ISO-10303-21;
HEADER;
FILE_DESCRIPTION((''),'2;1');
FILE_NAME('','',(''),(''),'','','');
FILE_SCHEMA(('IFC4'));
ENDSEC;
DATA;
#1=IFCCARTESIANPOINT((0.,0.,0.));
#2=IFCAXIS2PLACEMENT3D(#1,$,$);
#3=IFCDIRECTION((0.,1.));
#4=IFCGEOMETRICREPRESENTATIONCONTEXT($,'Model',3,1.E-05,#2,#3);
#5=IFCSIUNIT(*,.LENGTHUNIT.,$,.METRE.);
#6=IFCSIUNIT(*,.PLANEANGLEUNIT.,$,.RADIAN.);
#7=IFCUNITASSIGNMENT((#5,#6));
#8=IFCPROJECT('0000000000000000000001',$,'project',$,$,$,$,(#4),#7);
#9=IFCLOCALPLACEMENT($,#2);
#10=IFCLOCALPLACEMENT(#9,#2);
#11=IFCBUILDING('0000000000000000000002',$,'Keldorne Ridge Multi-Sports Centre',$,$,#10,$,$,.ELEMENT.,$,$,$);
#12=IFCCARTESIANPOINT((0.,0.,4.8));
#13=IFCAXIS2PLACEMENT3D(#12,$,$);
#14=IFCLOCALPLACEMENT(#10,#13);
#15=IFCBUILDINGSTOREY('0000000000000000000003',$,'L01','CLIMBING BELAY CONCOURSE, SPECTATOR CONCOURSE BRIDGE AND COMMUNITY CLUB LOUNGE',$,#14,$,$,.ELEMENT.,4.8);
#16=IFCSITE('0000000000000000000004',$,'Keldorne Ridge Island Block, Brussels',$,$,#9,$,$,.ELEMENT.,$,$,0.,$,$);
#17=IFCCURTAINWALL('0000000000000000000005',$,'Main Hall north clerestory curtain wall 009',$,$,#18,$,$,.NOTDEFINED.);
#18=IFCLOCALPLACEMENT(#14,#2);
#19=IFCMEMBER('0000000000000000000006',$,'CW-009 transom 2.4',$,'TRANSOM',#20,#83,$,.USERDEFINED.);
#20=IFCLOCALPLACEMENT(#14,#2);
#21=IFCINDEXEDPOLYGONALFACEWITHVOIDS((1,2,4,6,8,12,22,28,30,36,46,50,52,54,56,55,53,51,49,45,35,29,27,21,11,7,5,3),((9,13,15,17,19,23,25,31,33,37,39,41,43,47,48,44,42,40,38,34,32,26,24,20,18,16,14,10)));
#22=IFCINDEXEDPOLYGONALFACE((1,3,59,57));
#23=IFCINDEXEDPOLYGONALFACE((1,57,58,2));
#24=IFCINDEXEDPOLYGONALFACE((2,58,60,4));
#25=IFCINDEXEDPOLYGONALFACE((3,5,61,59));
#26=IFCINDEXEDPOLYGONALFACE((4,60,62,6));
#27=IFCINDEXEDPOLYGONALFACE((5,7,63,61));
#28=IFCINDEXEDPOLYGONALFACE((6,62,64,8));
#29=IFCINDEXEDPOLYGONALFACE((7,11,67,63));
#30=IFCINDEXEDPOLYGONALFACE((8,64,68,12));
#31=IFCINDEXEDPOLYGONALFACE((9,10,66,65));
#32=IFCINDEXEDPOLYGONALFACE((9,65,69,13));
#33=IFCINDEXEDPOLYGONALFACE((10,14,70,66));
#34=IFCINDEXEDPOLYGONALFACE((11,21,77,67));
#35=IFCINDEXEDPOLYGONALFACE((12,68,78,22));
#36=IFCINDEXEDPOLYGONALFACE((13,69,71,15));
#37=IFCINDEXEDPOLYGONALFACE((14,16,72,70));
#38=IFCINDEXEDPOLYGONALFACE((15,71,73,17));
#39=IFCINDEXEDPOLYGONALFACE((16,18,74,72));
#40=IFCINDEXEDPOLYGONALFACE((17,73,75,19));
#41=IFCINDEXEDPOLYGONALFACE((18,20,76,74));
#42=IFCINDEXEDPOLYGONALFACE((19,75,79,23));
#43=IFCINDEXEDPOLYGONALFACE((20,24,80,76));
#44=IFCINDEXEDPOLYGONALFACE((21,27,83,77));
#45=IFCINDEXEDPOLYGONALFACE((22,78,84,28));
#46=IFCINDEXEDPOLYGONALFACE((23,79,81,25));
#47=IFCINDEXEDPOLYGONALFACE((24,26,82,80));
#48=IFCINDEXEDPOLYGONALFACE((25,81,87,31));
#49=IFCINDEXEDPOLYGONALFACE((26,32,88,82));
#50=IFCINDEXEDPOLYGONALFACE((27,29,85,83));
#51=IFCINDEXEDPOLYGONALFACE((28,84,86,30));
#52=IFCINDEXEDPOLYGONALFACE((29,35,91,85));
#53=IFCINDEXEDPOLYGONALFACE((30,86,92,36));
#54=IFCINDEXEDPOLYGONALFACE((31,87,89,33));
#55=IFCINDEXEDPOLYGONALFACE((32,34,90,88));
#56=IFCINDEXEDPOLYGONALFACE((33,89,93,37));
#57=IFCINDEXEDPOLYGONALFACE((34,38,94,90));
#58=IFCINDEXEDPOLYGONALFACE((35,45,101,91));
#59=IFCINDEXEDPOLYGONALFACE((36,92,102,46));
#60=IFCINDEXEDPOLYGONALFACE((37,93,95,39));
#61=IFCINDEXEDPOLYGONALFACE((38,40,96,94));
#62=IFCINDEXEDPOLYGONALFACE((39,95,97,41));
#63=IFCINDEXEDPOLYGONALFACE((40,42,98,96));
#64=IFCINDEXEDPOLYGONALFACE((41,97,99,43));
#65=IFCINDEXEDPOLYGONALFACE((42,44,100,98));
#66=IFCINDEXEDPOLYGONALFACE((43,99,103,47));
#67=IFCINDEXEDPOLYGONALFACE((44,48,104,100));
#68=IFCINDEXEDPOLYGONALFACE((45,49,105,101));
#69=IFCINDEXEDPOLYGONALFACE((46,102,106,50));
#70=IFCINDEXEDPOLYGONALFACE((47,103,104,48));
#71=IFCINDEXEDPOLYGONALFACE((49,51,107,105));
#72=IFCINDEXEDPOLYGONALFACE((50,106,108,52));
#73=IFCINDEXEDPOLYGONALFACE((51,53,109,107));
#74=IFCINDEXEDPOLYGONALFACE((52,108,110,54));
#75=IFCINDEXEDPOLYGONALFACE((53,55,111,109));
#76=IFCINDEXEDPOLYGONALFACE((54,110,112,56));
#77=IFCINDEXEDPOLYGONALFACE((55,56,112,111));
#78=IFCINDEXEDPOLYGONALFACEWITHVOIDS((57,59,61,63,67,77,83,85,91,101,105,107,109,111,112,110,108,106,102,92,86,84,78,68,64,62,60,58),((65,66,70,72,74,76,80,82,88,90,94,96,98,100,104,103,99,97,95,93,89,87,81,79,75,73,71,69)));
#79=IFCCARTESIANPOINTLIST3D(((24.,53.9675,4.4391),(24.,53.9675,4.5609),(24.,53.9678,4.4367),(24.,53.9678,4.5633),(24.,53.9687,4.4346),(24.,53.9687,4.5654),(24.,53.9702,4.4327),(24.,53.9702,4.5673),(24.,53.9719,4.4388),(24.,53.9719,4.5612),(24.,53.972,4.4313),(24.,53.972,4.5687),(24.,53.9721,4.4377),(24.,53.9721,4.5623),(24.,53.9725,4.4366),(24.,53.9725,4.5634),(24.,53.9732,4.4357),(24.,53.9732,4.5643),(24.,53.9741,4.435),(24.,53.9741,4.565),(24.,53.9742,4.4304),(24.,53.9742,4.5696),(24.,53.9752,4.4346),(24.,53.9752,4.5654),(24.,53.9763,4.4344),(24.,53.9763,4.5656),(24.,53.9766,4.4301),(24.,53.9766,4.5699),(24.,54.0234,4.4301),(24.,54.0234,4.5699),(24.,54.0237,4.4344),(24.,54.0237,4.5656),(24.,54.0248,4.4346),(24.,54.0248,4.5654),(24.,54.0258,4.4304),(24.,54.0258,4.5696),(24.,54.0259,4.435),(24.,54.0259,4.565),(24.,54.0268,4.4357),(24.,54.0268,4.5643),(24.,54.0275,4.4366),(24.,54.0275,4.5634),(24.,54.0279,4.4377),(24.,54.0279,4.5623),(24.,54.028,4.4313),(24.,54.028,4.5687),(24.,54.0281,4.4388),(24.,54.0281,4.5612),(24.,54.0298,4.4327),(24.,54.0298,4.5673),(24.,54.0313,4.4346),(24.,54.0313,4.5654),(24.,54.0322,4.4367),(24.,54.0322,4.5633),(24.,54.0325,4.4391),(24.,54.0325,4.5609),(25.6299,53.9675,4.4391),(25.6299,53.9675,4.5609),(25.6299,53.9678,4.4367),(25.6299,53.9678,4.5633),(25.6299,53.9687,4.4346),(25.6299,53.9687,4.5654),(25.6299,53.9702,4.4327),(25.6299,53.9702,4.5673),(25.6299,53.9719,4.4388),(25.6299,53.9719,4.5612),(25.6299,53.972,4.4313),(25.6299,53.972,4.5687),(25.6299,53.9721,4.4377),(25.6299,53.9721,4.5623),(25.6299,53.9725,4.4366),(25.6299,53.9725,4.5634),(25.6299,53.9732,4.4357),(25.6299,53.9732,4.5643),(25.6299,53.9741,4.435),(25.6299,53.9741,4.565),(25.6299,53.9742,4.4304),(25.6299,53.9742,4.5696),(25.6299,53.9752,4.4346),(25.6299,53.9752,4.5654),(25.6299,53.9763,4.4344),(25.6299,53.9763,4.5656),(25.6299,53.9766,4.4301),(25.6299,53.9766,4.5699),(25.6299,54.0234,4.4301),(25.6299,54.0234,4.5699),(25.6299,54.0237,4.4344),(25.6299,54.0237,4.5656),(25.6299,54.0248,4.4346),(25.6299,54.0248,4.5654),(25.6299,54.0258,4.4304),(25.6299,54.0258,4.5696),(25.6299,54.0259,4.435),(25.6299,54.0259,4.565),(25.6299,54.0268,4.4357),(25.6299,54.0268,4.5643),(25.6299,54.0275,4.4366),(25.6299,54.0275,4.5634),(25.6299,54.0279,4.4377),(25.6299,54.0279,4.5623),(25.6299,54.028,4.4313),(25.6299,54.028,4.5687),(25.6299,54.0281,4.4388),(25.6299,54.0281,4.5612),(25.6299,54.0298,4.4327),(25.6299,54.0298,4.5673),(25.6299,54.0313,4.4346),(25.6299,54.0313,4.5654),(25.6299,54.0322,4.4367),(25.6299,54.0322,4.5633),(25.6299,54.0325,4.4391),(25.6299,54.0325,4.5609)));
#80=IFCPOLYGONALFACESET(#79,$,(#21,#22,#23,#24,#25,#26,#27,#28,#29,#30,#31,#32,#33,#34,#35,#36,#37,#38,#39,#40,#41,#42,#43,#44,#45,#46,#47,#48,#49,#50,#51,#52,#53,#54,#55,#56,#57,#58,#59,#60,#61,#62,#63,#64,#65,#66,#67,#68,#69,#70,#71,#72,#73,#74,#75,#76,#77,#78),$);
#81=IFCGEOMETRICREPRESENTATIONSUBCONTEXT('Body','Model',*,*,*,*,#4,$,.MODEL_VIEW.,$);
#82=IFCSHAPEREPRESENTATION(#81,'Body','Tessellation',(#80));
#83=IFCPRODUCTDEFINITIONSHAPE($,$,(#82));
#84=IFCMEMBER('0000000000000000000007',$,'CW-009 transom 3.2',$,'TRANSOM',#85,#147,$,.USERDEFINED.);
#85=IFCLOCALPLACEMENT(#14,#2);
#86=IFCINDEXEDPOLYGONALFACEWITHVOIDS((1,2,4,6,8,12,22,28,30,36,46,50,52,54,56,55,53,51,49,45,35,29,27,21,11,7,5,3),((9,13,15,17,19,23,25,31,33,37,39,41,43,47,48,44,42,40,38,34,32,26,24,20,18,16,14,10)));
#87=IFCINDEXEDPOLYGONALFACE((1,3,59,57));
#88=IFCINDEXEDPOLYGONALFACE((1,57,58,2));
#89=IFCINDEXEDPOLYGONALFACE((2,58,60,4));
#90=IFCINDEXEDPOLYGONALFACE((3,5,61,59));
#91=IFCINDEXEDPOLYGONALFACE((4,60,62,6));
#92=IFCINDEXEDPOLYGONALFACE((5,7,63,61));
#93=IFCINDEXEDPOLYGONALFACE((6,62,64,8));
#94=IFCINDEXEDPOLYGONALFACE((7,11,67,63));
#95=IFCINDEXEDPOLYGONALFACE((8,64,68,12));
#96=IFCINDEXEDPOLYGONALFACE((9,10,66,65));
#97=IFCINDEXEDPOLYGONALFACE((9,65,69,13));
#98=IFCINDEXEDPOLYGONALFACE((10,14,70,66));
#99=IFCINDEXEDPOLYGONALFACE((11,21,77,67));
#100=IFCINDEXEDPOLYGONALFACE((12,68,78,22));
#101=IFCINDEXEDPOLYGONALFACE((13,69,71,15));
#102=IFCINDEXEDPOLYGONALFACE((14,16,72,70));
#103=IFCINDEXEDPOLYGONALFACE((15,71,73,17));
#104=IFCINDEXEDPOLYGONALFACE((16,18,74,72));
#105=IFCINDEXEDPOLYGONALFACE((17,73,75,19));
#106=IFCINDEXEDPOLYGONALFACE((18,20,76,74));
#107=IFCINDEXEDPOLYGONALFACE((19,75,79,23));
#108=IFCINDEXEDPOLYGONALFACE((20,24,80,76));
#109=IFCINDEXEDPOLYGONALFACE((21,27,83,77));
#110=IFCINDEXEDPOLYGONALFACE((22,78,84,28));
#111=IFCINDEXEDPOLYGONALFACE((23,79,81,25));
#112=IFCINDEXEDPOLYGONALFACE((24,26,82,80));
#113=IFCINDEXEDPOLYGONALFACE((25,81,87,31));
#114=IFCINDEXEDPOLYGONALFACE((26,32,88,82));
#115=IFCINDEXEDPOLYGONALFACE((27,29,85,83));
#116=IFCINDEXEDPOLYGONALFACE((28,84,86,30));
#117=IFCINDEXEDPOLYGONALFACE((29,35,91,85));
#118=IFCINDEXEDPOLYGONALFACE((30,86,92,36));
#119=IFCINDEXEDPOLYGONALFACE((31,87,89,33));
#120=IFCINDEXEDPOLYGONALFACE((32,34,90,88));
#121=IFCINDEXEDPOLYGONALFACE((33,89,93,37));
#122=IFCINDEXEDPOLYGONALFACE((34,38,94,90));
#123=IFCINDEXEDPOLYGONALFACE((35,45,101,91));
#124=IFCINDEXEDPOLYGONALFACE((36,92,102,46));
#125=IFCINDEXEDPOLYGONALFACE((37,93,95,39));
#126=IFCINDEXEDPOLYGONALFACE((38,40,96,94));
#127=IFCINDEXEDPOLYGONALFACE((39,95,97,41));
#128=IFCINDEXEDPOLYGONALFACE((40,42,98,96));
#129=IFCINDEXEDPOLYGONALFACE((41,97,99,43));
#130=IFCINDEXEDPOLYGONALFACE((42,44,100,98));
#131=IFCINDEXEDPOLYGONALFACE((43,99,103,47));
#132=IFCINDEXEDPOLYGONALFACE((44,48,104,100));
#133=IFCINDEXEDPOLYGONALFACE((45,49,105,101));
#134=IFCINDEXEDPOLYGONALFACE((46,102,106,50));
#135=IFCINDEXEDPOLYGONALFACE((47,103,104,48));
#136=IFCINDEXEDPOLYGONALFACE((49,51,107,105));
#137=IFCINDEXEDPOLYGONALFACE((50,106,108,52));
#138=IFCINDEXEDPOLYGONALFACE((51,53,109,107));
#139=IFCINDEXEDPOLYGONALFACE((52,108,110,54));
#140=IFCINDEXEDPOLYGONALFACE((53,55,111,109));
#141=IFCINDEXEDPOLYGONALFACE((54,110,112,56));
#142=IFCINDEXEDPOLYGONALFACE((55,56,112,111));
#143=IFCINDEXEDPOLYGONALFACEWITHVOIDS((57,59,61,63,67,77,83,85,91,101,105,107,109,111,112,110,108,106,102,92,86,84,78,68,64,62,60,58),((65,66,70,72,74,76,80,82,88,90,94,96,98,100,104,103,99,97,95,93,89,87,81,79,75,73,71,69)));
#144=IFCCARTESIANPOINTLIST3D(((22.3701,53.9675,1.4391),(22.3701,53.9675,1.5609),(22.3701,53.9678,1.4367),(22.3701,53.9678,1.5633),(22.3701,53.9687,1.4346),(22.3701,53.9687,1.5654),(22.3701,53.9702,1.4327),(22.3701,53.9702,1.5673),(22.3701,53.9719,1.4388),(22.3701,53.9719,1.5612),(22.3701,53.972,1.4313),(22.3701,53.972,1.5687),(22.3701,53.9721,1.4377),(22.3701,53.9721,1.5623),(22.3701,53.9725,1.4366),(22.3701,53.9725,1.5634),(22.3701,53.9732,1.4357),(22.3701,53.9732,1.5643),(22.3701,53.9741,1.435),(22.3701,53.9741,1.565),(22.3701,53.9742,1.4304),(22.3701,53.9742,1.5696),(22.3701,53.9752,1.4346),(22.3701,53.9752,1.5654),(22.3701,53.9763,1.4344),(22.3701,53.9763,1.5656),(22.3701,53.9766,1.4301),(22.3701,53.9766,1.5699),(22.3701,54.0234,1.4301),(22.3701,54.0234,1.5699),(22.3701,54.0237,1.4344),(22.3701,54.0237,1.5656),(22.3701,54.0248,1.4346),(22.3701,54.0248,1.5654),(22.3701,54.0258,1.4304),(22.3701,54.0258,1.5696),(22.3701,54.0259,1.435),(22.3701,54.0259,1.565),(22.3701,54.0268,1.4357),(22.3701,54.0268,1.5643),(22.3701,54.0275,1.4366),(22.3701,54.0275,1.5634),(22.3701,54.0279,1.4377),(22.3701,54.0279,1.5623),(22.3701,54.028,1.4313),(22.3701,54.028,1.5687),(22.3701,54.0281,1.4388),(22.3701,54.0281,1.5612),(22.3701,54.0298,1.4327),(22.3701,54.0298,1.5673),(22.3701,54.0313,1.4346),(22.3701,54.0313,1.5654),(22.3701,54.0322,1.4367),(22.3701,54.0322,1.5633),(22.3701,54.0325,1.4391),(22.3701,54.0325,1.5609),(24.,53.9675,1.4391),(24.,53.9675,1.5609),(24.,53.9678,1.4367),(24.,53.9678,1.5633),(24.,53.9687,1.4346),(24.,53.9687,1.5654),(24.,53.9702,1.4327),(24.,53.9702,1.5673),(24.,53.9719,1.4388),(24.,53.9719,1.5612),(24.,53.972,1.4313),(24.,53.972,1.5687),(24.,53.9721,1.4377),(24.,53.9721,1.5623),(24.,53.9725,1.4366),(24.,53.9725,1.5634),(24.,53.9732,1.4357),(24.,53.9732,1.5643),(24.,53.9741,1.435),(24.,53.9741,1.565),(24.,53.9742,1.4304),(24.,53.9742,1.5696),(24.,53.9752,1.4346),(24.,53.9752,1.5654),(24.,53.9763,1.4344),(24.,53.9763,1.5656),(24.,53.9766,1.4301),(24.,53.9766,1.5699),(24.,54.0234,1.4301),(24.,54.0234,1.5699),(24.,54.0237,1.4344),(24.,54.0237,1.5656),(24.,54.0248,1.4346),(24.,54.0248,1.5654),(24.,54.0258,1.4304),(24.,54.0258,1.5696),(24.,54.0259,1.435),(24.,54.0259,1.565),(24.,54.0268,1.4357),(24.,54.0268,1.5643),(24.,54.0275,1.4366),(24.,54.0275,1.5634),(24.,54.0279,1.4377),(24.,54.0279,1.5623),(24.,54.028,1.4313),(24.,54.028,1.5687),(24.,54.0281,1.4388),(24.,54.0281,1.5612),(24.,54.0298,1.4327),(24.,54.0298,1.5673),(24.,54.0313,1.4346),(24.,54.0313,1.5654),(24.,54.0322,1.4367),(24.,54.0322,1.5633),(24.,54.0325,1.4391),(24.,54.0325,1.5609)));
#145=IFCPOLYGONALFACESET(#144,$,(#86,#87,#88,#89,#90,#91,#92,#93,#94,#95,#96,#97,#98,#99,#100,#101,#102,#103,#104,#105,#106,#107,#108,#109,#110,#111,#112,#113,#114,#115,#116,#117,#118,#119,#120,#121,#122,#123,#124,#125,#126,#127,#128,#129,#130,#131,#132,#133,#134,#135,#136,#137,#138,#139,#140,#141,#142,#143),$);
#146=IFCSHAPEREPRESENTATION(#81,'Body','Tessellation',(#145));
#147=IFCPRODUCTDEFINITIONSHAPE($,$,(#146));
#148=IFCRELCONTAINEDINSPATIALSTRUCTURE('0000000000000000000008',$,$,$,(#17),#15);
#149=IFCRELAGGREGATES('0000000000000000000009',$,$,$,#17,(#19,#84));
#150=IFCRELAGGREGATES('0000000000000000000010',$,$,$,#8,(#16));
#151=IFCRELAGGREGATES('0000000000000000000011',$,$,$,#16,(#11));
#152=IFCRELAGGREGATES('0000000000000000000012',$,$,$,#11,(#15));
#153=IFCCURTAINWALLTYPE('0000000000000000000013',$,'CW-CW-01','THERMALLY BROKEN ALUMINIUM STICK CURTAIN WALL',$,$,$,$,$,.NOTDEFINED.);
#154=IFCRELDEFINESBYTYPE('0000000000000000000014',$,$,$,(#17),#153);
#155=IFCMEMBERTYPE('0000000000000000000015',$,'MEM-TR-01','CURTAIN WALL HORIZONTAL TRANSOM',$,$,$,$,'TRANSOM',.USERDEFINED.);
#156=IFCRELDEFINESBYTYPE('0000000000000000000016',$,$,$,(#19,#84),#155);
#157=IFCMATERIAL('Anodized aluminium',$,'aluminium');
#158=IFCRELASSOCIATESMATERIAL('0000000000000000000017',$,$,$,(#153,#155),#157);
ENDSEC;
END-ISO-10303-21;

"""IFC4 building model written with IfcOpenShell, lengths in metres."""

from ifc_helpers import new_model, si_unit, direction, frame, origin, origin_2d, place, context, subcontext, project, spatial, hollow_rectangle, extrude, material, material_profile, profile_set, type_object, element, aggregate, save


model = new_model("IFC4")

# Units and contexts
model_context = context("Model", 3, precision=1e-05, world=origin(), true_north=direction((0.0, 1.0)))
body_context = subcontext(model_context, "Body", "Model", "MODEL_VIEW")
ifc_project = project(units=[si_unit("LENGTHUNIT", "METRE"), si_unit("PLANEANGLEUNIT", "RADIAN")], contexts=[model_context])

# Site, building, storey
site_placement = place(None, origin())
site = spatial("IfcSite", under=ifc_project, at=site_placement, Name="Keldorne Ridge Island Block, Brussels", CompositionType="ELEMENT", RefElevation=0.0)
building_placement = place(site_placement, origin())
building = spatial("IfcBuilding", under=site, at=building_placement, Name="Keldorne Ridge Multi-Sports Centre", CompositionType="ELEMENT")
storey_placement = place(building_placement, frame((0.0, 0.0, 4.8)))
storey = spatial("IfcBuildingStorey", under=building, at=storey_placement, Name="L01", Description="CLIMBING BELAY CONCOURSE, SPECTATOR CONCOURSE BRIDGE AND COMMUNITY CLUB LOUNGE", CompositionType="ELEMENT", Elevation=4.8)

# Curtain wall
ifc_material_1 = material(Name="Anodized aluminium", Category="aluminium")
curtain_wall_type_1 = type_object("IfcCurtainWallType", Name="CW-CW-01", Description="THERMALLY BROKEN ALUMINIUM STICK CURTAIN WALL", PredefinedType="NOTDEFINED", material=ifc_material_1)
curtain_wall_1_placement = place(storey_placement, origin())
curtain_wall_1 = element("IfcCurtainWall", 1, at=curtain_wall_1_placement, inside=storey, type_object=curtain_wall_type_1, Name="Main Hall north clerestory curtain wall 009", PredefinedType="NOTDEFINED")

# Members
ifc_material_profile_1 = material_profile(ifc_material_1, hollow_rectangle(XDim=0.0649, YDim=0.1399, WallThickness=0.0044, InnerFilletRadius=0.0044, OuterFilletRadius=0.009, at=origin_2d()), Name="ALU TRANSOM 140x65x4.5")
ifc_profile_set_1 = profile_set([ifc_material_profile_1], Name="Anodized aluminium")
member_type_1 = type_object("IfcMemberType", Name="MEM-TR-01", Description="CURTAIN WALL HORIZONTAL TRANSOM", ElementType="TRANSOM", PredefinedType="USERDEFINED", material=ifc_profile_set_1)
member_1_placement = place(storey_placement, frame((25.6299, 54.0, 4.5), z_axis=(-1.0, 0.0, 0.0), x_axis=(0.0, -1.0, 0.0)))
member_1 = element("IfcMember", 2, at=member_1_placement, type_object=member_type_1, Name="CW-009 transom 2.4", ObjectType="TRANSOM", PredefinedType="USERDEFINED", context=body_context, shape_type="SweptSolid", body=[
    extrude(hollow_rectangle(XDim=0.0649, YDim=0.1399, WallThickness=0.0044, InnerFilletRadius=0.0044, OuterFilletRadius=0.009, at=origin_2d()), origin(), (0.0, 0.0, 1.0), 1.6299),
])
member_2_placement = place(storey_placement, frame((24.0, 54.0, 1.5), z_axis=(-1.0, 0.0, 0.0), x_axis=(0.0, -1.0, 0.0)))
member_2 = element("IfcMember", 3, at=member_2_placement, type_object=member_type_1, Name="CW-009 transom 3.2", ObjectType="TRANSOM", PredefinedType="USERDEFINED", context=body_context, shape_type="SweptSolid", body=[
    extrude(hollow_rectangle(XDim=0.0649, YDim=0.1399, WallThickness=0.0044, InnerFilletRadius=0.0044, OuterFilletRadius=0.009, at=origin_2d()), origin(), (0.0, 0.0, 1.0), 1.6299),
])

aggregate(curtain_wall_1, [member_1, member_2])

save(model, "model.ifc")
